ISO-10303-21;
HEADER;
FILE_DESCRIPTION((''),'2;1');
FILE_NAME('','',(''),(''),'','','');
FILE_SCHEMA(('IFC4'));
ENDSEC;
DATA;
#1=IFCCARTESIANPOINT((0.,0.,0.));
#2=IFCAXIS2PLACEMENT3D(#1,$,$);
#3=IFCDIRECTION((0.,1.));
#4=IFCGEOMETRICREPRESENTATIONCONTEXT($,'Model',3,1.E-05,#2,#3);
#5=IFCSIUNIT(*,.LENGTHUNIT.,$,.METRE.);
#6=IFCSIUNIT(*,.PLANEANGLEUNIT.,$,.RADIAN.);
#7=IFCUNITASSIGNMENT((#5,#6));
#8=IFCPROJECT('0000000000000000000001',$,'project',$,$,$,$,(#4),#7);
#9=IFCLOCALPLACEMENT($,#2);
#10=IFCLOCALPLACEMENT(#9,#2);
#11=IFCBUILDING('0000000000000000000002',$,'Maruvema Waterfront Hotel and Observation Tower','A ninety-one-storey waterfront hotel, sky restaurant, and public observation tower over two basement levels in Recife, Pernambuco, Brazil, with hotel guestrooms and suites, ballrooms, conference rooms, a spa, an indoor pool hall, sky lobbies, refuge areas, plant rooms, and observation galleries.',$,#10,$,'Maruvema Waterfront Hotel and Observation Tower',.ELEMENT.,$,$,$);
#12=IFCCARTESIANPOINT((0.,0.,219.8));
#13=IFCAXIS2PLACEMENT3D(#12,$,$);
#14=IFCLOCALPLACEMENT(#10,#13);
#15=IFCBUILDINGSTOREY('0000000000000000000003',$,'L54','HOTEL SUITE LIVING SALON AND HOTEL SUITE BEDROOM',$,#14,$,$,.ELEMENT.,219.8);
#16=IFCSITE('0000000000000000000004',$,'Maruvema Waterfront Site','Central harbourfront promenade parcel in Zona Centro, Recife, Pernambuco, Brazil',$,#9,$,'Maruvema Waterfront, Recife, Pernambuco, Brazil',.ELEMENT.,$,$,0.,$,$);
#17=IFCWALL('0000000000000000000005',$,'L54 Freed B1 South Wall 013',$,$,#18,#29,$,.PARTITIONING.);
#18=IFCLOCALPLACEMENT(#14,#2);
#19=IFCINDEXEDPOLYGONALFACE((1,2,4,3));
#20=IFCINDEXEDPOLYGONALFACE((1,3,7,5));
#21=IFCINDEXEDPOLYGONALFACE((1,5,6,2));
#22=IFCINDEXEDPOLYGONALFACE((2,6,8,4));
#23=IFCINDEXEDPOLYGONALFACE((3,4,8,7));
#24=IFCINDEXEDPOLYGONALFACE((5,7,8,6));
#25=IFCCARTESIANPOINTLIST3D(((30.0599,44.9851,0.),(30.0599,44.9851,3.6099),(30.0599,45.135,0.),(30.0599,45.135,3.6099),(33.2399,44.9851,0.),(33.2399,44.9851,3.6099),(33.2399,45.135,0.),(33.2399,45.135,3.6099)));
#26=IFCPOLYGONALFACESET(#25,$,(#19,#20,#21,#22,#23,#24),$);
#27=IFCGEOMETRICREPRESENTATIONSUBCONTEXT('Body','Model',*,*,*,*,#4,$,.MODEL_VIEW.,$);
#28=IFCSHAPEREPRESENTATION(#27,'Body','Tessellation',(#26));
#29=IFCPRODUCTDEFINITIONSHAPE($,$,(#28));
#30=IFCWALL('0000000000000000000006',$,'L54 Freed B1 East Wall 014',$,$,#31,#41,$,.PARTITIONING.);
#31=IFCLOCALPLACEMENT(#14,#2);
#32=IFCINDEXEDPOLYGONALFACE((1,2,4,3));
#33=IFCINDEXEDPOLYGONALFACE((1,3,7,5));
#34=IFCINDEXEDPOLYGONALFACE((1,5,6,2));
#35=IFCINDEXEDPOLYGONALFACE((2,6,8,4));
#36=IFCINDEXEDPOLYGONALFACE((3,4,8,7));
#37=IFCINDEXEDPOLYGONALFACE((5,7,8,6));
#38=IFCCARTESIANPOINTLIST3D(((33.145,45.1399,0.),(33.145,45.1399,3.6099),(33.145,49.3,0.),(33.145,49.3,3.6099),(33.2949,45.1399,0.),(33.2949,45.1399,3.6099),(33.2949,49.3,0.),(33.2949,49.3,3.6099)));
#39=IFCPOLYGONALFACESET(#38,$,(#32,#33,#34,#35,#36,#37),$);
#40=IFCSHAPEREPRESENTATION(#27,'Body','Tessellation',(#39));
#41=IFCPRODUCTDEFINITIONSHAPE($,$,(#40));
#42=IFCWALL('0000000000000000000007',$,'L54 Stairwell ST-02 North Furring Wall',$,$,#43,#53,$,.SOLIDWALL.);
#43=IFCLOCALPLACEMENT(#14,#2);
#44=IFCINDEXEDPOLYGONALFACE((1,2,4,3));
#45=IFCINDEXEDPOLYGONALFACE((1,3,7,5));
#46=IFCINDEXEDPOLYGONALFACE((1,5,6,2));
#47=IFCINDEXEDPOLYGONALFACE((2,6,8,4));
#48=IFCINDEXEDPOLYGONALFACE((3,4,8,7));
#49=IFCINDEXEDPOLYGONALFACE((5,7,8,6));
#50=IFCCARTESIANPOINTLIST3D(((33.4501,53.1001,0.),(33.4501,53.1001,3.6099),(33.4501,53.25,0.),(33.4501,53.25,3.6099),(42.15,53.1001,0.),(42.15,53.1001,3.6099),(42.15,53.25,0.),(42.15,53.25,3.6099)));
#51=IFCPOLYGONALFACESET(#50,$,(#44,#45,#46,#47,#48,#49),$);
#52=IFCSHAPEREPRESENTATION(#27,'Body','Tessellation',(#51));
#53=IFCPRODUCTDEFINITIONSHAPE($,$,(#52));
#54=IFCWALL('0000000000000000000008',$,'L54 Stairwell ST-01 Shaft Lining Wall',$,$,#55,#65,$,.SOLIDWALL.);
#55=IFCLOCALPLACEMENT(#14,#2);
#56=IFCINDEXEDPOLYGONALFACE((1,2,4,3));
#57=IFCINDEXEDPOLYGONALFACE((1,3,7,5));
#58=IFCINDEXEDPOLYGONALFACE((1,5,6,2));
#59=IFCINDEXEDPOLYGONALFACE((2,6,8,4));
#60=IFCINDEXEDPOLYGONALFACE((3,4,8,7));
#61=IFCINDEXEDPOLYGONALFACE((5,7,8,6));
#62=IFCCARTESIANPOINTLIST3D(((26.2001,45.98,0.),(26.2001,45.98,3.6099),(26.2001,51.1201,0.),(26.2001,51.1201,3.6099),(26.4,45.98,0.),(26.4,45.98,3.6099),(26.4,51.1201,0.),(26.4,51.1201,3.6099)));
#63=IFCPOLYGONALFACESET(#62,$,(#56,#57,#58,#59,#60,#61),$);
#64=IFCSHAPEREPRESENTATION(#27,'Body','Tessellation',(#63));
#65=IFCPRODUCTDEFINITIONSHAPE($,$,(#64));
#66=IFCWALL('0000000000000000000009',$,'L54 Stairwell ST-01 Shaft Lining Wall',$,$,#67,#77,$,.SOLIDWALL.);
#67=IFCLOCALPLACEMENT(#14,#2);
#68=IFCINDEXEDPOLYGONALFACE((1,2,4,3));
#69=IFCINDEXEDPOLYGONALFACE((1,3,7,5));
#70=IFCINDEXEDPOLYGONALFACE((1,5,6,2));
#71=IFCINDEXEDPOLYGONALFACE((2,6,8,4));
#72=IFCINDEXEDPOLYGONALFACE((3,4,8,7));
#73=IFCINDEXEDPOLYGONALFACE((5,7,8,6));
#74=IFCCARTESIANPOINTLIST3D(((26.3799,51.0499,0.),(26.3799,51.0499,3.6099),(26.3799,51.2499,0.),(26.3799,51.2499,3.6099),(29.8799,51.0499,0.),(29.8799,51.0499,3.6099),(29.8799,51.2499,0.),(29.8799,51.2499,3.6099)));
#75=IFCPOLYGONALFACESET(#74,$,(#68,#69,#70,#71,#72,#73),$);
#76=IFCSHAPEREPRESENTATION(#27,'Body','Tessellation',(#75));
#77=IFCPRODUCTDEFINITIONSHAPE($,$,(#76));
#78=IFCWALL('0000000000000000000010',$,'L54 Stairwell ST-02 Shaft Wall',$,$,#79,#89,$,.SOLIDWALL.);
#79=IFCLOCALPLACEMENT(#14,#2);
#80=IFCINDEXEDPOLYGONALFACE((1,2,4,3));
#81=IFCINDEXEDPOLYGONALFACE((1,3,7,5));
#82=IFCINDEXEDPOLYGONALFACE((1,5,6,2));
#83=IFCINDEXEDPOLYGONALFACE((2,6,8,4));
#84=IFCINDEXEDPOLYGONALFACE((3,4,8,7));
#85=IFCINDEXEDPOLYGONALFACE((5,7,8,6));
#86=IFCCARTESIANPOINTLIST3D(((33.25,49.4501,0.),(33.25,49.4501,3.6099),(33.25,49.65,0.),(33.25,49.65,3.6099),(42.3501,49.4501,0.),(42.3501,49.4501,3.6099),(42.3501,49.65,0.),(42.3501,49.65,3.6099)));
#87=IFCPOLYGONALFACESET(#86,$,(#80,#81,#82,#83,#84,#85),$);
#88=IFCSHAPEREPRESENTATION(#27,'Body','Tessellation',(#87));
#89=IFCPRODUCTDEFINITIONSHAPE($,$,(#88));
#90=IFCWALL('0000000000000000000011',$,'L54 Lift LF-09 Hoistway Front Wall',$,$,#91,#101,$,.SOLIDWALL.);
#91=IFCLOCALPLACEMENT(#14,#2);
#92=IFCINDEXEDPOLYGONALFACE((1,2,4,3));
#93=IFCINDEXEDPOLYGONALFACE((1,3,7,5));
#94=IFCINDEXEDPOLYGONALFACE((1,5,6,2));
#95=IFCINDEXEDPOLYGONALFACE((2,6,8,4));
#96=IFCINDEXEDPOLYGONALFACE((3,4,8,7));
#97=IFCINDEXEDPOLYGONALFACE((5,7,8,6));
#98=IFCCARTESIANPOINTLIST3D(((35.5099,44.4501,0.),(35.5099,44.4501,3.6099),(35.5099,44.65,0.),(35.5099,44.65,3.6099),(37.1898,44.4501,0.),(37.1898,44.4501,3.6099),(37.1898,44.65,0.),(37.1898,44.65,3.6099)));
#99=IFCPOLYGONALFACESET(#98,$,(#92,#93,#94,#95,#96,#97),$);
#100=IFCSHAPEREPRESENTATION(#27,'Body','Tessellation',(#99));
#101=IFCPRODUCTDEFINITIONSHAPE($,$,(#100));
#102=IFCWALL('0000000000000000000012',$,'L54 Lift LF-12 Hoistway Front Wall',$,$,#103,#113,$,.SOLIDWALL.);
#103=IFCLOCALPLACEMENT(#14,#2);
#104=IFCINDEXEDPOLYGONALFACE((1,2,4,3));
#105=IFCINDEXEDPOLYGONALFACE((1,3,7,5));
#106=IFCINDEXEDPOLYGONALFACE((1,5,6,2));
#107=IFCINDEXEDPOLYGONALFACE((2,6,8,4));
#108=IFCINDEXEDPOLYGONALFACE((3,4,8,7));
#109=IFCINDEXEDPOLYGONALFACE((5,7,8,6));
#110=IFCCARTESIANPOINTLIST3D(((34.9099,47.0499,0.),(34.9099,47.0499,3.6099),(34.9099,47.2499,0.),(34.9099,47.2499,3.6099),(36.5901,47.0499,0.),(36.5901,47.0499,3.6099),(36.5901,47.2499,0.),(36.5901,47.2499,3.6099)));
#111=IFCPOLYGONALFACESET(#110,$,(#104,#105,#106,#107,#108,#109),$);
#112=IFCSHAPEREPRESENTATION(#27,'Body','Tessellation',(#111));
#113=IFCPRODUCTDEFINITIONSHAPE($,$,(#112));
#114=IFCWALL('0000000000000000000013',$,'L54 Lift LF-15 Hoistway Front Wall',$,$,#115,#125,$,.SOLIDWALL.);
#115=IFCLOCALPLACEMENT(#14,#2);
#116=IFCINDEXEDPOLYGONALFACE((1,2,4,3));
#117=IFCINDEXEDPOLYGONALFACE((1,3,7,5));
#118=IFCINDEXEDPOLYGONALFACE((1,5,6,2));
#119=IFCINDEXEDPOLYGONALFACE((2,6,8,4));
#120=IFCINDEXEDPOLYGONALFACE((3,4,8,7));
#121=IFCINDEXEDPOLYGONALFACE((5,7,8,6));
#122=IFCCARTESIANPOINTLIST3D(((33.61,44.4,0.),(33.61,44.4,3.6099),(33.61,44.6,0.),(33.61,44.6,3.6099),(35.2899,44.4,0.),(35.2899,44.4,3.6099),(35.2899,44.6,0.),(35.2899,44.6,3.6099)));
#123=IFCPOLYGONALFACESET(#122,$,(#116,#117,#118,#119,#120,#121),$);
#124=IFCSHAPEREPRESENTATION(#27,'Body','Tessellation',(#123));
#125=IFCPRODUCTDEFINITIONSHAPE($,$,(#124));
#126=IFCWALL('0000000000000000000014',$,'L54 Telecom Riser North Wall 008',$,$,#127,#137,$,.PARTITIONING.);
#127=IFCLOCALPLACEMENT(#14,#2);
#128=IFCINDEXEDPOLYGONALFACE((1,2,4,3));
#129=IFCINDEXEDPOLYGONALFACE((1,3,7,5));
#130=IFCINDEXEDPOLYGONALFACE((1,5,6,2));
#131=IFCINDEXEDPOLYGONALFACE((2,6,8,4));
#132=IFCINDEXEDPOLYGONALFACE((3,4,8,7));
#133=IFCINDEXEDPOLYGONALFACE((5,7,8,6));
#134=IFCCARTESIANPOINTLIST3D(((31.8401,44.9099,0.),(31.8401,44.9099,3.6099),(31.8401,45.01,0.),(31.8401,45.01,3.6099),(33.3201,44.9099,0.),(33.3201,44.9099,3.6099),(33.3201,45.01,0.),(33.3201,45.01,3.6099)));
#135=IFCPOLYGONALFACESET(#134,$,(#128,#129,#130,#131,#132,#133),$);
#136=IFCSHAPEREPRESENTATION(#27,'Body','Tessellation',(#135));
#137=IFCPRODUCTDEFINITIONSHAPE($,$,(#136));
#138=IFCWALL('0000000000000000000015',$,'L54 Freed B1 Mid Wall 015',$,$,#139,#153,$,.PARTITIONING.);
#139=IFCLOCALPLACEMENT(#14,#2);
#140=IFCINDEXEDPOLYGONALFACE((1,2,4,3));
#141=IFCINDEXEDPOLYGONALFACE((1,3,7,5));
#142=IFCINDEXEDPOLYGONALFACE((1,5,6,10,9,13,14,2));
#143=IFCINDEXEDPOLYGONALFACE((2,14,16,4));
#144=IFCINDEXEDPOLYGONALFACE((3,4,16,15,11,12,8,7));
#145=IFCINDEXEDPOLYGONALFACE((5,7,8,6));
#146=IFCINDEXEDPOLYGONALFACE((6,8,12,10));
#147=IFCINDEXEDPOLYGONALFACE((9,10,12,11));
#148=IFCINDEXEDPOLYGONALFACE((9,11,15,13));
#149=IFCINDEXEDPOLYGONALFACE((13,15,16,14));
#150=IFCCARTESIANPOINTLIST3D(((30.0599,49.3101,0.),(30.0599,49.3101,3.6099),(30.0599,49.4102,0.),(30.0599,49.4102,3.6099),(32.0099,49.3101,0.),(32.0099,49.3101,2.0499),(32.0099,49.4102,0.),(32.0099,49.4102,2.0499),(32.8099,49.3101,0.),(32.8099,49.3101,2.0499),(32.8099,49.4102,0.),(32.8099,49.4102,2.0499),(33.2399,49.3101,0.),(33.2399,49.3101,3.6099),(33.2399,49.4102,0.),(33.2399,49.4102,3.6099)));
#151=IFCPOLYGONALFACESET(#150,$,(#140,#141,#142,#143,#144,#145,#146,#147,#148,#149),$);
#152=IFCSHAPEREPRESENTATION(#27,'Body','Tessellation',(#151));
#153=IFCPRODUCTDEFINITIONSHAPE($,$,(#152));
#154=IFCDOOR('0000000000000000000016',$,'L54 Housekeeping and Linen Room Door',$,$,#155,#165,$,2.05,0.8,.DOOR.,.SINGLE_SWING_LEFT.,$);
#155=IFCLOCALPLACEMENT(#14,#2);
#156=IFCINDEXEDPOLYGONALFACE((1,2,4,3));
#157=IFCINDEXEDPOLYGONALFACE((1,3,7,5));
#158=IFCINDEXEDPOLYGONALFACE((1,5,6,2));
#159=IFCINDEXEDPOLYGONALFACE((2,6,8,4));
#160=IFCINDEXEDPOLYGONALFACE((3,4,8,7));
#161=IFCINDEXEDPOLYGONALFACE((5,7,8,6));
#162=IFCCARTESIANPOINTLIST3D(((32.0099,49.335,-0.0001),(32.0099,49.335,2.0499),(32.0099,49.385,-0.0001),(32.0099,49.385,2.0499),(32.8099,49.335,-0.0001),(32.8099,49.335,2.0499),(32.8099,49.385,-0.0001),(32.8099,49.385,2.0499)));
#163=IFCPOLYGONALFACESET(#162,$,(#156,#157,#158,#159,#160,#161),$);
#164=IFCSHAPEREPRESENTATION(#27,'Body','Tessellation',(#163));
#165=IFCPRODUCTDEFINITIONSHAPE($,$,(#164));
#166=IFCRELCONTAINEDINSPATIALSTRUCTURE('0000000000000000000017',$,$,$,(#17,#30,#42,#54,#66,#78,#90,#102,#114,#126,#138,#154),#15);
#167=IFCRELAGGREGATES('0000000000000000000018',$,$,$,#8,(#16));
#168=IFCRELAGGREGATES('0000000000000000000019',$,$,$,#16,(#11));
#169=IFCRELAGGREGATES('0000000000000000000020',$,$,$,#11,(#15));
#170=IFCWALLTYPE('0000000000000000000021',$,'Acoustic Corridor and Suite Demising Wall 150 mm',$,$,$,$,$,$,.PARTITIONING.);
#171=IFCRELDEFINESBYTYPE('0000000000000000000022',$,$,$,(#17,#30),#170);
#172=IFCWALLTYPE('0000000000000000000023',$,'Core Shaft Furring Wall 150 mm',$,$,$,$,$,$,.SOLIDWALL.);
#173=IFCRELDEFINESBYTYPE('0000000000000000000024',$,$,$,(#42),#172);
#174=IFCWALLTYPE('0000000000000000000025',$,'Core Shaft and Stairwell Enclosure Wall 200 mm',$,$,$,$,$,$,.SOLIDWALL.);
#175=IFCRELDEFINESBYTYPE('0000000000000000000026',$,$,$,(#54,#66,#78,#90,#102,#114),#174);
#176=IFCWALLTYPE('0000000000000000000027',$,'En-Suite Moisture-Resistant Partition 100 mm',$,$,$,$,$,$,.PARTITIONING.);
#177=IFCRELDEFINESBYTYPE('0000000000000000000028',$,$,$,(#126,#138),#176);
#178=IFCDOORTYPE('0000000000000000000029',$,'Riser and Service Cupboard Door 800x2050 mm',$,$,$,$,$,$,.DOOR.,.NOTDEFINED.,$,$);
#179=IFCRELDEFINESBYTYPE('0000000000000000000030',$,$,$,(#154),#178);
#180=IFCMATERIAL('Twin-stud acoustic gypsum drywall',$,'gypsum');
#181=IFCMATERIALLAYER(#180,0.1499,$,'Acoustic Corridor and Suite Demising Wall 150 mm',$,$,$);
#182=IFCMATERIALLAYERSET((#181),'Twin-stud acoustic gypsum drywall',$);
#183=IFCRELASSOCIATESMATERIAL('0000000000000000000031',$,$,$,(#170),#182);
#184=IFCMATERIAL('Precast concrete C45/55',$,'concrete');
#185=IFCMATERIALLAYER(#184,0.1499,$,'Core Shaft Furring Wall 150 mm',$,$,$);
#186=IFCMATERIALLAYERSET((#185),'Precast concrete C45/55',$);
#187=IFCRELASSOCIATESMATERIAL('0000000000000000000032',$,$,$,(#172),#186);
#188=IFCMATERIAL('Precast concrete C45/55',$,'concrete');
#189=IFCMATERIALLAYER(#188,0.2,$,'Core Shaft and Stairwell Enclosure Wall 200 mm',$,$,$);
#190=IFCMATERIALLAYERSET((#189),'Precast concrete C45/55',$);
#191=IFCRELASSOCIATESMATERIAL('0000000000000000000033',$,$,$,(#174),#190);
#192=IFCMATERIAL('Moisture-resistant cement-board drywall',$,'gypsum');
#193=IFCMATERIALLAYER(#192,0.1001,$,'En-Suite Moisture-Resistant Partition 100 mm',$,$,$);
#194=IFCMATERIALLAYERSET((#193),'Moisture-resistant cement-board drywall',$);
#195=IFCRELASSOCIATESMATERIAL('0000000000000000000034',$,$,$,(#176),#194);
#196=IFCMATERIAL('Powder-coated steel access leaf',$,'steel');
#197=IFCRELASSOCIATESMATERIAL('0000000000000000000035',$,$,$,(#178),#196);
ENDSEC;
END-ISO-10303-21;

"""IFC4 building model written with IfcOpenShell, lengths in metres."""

from ifc_helpers import new_model, si_unit, direction, frame, frame_2d, origin, place, context, subcontext, project, spatial, rectangle, extrude, material, layer, layer_set, type_object, element, fill, save


model = new_model("IFC4")

# Units and contexts
model_context = context("Model", 3, precision=1e-05, world=origin(), true_north=direction((0.0, 1.0)))
body_context = subcontext(model_context, "Body", "Model", "MODEL_VIEW")
ifc_project = project(units=[si_unit("LENGTHUNIT", "METRE"), si_unit("PLANEANGLEUNIT", "RADIAN")], contexts=[model_context])

# Site, building, storey
site_placement = place(None, origin())
site = spatial("IfcSite", under=ifc_project, at=site_placement, Name="Maruvema Waterfront Site", Description="Central harbourfront promenade parcel in Zona Centro, Recife, Pernambuco, Brazil", LongName="Maruvema Waterfront, Recife, Pernambuco, Brazil", CompositionType="ELEMENT", RefElevation=0.0)
building_placement = place(site_placement, origin())
building = spatial("IfcBuilding", under=site, at=building_placement, Name="Maruvema Waterfront Hotel and Observation Tower", Description="A ninety-one-storey waterfront hotel, sky restaurant, and public observation tower over two basement levels in Recife, Pernambuco, Brazil, with hotel guestrooms and suites, ballrooms, conference rooms, a spa, an indoor pool hall, sky lobbies, refuge areas, plant rooms, and observation galleries.", LongName="Maruvema Waterfront Hotel and Observation Tower", CompositionType="ELEMENT")
storey_placement = place(building_placement, frame((0.0, 0.0, 219.8)))
storey = spatial("IfcBuildingStorey", under=building, at=storey_placement, Name="L54", Description="HOTEL SUITE LIVING SALON AND HOTEL SUITE BEDROOM", CompositionType="ELEMENT", Elevation=219.8)

# Walls
ifc_material_1 = material(Name="Twin-stud acoustic gypsum drywall", Category="gypsum")
ifc_layer_1 = layer(ifc_material_1, 0.1499, Name="Acoustic Corridor and Suite Demising Wall 150 mm")
ifc_layer_set_1 = layer_set([ifc_layer_1], Name="Twin-stud acoustic gypsum drywall")
wall_type_1 = type_object("IfcWallType", Name="Acoustic Corridor and Suite Demising Wall 150 mm", PredefinedType="PARTITIONING", material=ifc_layer_set_1)
wall_1_placement = place(storey_placement, frame((30.0601, 45.0601, 0.0), z_axis=(0.0, 0.0, 1.0), x_axis=(1.0, 0.0, 0.0)))
element("IfcWall", 1, at=wall_1_placement, inside=storey, type_object=wall_type_1, Name="L54 Freed B1 South Wall 013", PredefinedType="PARTITIONING", context=body_context, shape_type="SweptSolid", body=[
    extrude(rectangle(XDim=3.1799, YDim=0.1499, at=frame_2d((1.5898, 0.0))), origin(), (0.0, 0.0, 1.0), 3.6099),
])
wall_2_placement = place(storey_placement, frame((33.22, 45.1399, 0.0), z_axis=(0.0, 0.0, 1.0), x_axis=(0.0, 1.0, 0.0)))
element("IfcWall", 2, at=wall_2_placement, inside=storey, type_object=wall_type_1, Name="L54 Freed B1 East Wall 014", PredefinedType="PARTITIONING", context=body_context, shape_type="SweptSolid", body=[
    extrude(rectangle(XDim=4.1602, YDim=0.1499, at=frame_2d((2.0801, 0.0))), origin(), (0.0, 0.0, 1.0), 3.6099),
])
ifc_material_2 = material(Name="Precast concrete C45/55", Category="concrete")
ifc_layer_2 = layer(ifc_material_2, 0.1499, Name="Core Shaft Furring Wall 150 mm")
ifc_layer_set_2 = layer_set([ifc_layer_2], Name="Precast concrete C45/55")
wall_type_2 = type_object("IfcWallType", Name="Core Shaft Furring Wall 150 mm", PredefinedType="SOLIDWALL", material=ifc_layer_set_2)
wall_3_placement = place(storey_placement, frame((33.45, 53.175, 0.0), z_axis=(0.0, 0.0, 1.0), x_axis=(1.0, 0.0, 0.0)))
element("IfcWall", 3, at=wall_3_placement, inside=storey, type_object=wall_type_2, Name="L54 Stairwell ST-02 North Furring Wall", PredefinedType="SOLIDWALL", context=body_context, shape_type="SweptSolid", body=[
    extrude(rectangle(XDim=8.7, YDim=0.1499, at=frame_2d((4.3501, 0.0))), origin(), (0.0, 0.0, 1.0), 3.6099),
])
ifc_material_3 = material(Name="Precast concrete C45/55", Category="concrete")
ifc_layer_3 = layer(ifc_material_3, 0.2, Name="Core Shaft and Stairwell Enclosure Wall 200 mm")
ifc_layer_set_3 = layer_set([ifc_layer_3], Name="Precast concrete C45/55")
wall_type_3 = type_object("IfcWallType", Name="Core Shaft and Stairwell Enclosure Wall 200 mm", PredefinedType="SOLIDWALL", material=ifc_layer_set_3)
wall_4_placement = place(storey_placement, frame((26.3, 45.98, 0.0), z_axis=(0.0, 0.0, 1.0), x_axis=(0.0, 1.0, 0.0)))
element("IfcWall", 4, at=wall_4_placement, inside=storey, type_object=wall_type_3, Name="L54 Stairwell ST-01 Shaft Lining Wall", PredefinedType="SOLIDWALL", context=body_context, shape_type="SweptSolid", body=[
    extrude(rectangle(XDim=5.1401, YDim=0.2, at=frame_2d((2.5701, 0.0))), origin(), (0.0, 0.0, 1.0), 3.6099),
])
wall_5_placement = place(storey_placement, frame((26.3799, 51.1499, 0.0), z_axis=(0.0, 0.0, 1.0), x_axis=(1.0, 0.0, 0.0)))
element("IfcWall", 5, at=wall_5_placement, inside=storey, type_object=wall_type_3, Name="L54 Stairwell ST-01 Shaft Lining Wall", PredefinedType="SOLIDWALL", context=body_context, shape_type="SweptSolid", body=[
    extrude(rectangle(XDim=3.5, YDim=0.2, at=frame_2d((1.75, 0.0))), origin(), (0.0, 0.0, 1.0), 3.6099),
])
wall_6_placement = place(storey_placement, frame((33.25, 49.55, 0.0), z_axis=(0.0, 0.0, 1.0), x_axis=(1.0, 0.0, 0.0)))
element("IfcWall", 6, at=wall_6_placement, inside=storey, type_object=wall_type_3, Name="L54 Stairwell ST-02 Shaft Wall", PredefinedType="SOLIDWALL", context=body_context, shape_type="SweptSolid", body=[
    extrude(rectangle(XDim=9.1001, YDim=0.2, at=frame_2d((4.55, 0.0))), origin(), (0.0, 0.0, 1.0), 3.6099),
])

# Walls
wall_7_placement = place(storey_placement, frame((35.51, 44.55, 0.0), z_axis=(0.0, 0.0, 1.0), x_axis=(1.0, 0.0, 0.0)))
element("IfcWall", 7, at=wall_7_placement, inside=storey, type_object=wall_type_3, Name="L54 Lift LF-09 Hoistway Front Wall", PredefinedType="SOLIDWALL", context=body_context, shape_type="SweptSolid", body=[
    extrude(rectangle(XDim=1.6799, YDim=0.2, at=frame_2d((0.8398, 0.0))), origin(), (0.0, 0.0, 1.0), 3.6099),
])
wall_8_placement = place(storey_placement, frame((34.9099, 47.1499, 0.0), z_axis=(0.0, 0.0, 1.0), x_axis=(1.0, 0.0, 0.0)))
element("IfcWall", 8, at=wall_8_placement, inside=storey, type_object=wall_type_3, Name="L54 Lift LF-12 Hoistway Front Wall", PredefinedType="SOLIDWALL", context=body_context, shape_type="SweptSolid", body=[
    extrude(rectangle(XDim=1.6802, YDim=0.2, at=frame_2d((0.8401, 0.0))), origin(), (0.0, 0.0, 1.0), 3.6099),
])
wall_9_placement = place(storey_placement, frame((33.6101, 44.5, 0.0), z_axis=(0.0, 0.0, 1.0), x_axis=(1.0, 0.0, 0.0)))
element("IfcWall", 9, at=wall_9_placement, inside=storey, type_object=wall_type_3, Name="L54 Lift LF-15 Hoistway Front Wall", PredefinedType="SOLIDWALL", context=body_context, shape_type="SweptSolid", body=[
    extrude(rectangle(XDim=1.6799, YDim=0.2, at=frame_2d((0.8398, 0.0))), origin(), (0.0, 0.0, 1.0), 3.6099),
])
ifc_material_4 = material(Name="Moisture-resistant cement-board drywall", Category="gypsum")
ifc_layer_4 = layer(ifc_material_4, 0.1001, Name="En-Suite Moisture-Resistant Partition 100 mm")
ifc_layer_set_4 = layer_set([ifc_layer_4], Name="Moisture-resistant cement-board drywall")
wall_type_4 = type_object("IfcWallType", Name="En-Suite Moisture-Resistant Partition 100 mm", PredefinedType="PARTITIONING", material=ifc_layer_set_4)
wall_10_placement = place(storey_placement, frame((31.8401, 44.96, 0.0), z_axis=(0.0, 0.0, 1.0), x_axis=(1.0, 0.0, 0.0)))
element("IfcWall", 10, at=wall_10_placement, inside=storey, type_object=wall_type_4, Name="L54 Telecom Riser North Wall 008", PredefinedType="PARTITIONING", context=body_context, shape_type="SweptSolid", body=[
    extrude(rectangle(XDim=1.48, YDim=0.1001, at=frame_2d((0.74, 0.0))), origin(), (0.0, 0.0, 1.0), 3.6099),
])

# Wall, opening, door
wall_11_placement = place(storey_placement, frame((30.0601, 49.3601, 0.0), z_axis=(0.0, 0.0, 1.0), x_axis=(1.0, 0.0, 0.0)))
wall_11 = element("IfcWall", 11, at=wall_11_placement, inside=storey, type_object=wall_type_4, Name="L54 Freed B1 Mid Wall 015", PredefinedType="PARTITIONING", context=body_context, shape_type="SweptSolid", body=[
    extrude(rectangle(XDim=3.1799, YDim=0.1001, at=frame_2d((1.5898, 0.0))), origin(), (0.0, 0.0, 1.0), 3.6099),
])
opening_1_placement = place(wall_11_placement, frame((1.95, 0.0, 0.0)))
opening_1 = element("IfcOpeningElement", 12, at=opening_1_placement, cuts=wall_11, PredefinedType="OPENING", context=body_context, shape_type="SweptSolid", body=[
    extrude(rectangle(XDim=0.8, YDim=2.05, at=frame_2d((0.3999, 1.0249))), frame((0.0, 0.0601, 0.0), z_axis=(0.0, -1.0, 0.0), x_axis=(1.0, 0.0, 0.0)), (0.0, 0.0, 1.0), 0.1201),
])
ifc_material_5 = material(Name="Powder-coated steel access leaf", Category="steel")
door_type_1 = type_object("IfcDoorType", Name="Riser and Service Cupboard Door 800x2050 mm", OperationType="NOTDEFINED", PredefinedType="DOOR", material=ifc_material_5)
door_1_placement = place(opening_1_placement, origin())
door_1 = element("IfcDoor", 13, at=door_1_placement, inside=storey, type_object=door_type_1, Name="L54 Housekeeping and Linen Room Door", OperationType="SINGLE_SWING_LEFT", OverallHeight=2.05, OverallWidth=0.8, PredefinedType="DOOR", context=body_context, shape_type="SweptSolid", body=[
    extrude(rectangle(XDim=0.8, YDim=2.05, at=frame_2d((0.3999, 1.0249))), frame((0.0, 0.0249, 0.0), z_axis=(0.0, -1.0, 0.0), x_axis=(1.0, 0.0, 0.0)), (0.0, 0.0, 1.0), 0.05),
])
fill(opening_1, door_1)

save(model, "model.ifc")
